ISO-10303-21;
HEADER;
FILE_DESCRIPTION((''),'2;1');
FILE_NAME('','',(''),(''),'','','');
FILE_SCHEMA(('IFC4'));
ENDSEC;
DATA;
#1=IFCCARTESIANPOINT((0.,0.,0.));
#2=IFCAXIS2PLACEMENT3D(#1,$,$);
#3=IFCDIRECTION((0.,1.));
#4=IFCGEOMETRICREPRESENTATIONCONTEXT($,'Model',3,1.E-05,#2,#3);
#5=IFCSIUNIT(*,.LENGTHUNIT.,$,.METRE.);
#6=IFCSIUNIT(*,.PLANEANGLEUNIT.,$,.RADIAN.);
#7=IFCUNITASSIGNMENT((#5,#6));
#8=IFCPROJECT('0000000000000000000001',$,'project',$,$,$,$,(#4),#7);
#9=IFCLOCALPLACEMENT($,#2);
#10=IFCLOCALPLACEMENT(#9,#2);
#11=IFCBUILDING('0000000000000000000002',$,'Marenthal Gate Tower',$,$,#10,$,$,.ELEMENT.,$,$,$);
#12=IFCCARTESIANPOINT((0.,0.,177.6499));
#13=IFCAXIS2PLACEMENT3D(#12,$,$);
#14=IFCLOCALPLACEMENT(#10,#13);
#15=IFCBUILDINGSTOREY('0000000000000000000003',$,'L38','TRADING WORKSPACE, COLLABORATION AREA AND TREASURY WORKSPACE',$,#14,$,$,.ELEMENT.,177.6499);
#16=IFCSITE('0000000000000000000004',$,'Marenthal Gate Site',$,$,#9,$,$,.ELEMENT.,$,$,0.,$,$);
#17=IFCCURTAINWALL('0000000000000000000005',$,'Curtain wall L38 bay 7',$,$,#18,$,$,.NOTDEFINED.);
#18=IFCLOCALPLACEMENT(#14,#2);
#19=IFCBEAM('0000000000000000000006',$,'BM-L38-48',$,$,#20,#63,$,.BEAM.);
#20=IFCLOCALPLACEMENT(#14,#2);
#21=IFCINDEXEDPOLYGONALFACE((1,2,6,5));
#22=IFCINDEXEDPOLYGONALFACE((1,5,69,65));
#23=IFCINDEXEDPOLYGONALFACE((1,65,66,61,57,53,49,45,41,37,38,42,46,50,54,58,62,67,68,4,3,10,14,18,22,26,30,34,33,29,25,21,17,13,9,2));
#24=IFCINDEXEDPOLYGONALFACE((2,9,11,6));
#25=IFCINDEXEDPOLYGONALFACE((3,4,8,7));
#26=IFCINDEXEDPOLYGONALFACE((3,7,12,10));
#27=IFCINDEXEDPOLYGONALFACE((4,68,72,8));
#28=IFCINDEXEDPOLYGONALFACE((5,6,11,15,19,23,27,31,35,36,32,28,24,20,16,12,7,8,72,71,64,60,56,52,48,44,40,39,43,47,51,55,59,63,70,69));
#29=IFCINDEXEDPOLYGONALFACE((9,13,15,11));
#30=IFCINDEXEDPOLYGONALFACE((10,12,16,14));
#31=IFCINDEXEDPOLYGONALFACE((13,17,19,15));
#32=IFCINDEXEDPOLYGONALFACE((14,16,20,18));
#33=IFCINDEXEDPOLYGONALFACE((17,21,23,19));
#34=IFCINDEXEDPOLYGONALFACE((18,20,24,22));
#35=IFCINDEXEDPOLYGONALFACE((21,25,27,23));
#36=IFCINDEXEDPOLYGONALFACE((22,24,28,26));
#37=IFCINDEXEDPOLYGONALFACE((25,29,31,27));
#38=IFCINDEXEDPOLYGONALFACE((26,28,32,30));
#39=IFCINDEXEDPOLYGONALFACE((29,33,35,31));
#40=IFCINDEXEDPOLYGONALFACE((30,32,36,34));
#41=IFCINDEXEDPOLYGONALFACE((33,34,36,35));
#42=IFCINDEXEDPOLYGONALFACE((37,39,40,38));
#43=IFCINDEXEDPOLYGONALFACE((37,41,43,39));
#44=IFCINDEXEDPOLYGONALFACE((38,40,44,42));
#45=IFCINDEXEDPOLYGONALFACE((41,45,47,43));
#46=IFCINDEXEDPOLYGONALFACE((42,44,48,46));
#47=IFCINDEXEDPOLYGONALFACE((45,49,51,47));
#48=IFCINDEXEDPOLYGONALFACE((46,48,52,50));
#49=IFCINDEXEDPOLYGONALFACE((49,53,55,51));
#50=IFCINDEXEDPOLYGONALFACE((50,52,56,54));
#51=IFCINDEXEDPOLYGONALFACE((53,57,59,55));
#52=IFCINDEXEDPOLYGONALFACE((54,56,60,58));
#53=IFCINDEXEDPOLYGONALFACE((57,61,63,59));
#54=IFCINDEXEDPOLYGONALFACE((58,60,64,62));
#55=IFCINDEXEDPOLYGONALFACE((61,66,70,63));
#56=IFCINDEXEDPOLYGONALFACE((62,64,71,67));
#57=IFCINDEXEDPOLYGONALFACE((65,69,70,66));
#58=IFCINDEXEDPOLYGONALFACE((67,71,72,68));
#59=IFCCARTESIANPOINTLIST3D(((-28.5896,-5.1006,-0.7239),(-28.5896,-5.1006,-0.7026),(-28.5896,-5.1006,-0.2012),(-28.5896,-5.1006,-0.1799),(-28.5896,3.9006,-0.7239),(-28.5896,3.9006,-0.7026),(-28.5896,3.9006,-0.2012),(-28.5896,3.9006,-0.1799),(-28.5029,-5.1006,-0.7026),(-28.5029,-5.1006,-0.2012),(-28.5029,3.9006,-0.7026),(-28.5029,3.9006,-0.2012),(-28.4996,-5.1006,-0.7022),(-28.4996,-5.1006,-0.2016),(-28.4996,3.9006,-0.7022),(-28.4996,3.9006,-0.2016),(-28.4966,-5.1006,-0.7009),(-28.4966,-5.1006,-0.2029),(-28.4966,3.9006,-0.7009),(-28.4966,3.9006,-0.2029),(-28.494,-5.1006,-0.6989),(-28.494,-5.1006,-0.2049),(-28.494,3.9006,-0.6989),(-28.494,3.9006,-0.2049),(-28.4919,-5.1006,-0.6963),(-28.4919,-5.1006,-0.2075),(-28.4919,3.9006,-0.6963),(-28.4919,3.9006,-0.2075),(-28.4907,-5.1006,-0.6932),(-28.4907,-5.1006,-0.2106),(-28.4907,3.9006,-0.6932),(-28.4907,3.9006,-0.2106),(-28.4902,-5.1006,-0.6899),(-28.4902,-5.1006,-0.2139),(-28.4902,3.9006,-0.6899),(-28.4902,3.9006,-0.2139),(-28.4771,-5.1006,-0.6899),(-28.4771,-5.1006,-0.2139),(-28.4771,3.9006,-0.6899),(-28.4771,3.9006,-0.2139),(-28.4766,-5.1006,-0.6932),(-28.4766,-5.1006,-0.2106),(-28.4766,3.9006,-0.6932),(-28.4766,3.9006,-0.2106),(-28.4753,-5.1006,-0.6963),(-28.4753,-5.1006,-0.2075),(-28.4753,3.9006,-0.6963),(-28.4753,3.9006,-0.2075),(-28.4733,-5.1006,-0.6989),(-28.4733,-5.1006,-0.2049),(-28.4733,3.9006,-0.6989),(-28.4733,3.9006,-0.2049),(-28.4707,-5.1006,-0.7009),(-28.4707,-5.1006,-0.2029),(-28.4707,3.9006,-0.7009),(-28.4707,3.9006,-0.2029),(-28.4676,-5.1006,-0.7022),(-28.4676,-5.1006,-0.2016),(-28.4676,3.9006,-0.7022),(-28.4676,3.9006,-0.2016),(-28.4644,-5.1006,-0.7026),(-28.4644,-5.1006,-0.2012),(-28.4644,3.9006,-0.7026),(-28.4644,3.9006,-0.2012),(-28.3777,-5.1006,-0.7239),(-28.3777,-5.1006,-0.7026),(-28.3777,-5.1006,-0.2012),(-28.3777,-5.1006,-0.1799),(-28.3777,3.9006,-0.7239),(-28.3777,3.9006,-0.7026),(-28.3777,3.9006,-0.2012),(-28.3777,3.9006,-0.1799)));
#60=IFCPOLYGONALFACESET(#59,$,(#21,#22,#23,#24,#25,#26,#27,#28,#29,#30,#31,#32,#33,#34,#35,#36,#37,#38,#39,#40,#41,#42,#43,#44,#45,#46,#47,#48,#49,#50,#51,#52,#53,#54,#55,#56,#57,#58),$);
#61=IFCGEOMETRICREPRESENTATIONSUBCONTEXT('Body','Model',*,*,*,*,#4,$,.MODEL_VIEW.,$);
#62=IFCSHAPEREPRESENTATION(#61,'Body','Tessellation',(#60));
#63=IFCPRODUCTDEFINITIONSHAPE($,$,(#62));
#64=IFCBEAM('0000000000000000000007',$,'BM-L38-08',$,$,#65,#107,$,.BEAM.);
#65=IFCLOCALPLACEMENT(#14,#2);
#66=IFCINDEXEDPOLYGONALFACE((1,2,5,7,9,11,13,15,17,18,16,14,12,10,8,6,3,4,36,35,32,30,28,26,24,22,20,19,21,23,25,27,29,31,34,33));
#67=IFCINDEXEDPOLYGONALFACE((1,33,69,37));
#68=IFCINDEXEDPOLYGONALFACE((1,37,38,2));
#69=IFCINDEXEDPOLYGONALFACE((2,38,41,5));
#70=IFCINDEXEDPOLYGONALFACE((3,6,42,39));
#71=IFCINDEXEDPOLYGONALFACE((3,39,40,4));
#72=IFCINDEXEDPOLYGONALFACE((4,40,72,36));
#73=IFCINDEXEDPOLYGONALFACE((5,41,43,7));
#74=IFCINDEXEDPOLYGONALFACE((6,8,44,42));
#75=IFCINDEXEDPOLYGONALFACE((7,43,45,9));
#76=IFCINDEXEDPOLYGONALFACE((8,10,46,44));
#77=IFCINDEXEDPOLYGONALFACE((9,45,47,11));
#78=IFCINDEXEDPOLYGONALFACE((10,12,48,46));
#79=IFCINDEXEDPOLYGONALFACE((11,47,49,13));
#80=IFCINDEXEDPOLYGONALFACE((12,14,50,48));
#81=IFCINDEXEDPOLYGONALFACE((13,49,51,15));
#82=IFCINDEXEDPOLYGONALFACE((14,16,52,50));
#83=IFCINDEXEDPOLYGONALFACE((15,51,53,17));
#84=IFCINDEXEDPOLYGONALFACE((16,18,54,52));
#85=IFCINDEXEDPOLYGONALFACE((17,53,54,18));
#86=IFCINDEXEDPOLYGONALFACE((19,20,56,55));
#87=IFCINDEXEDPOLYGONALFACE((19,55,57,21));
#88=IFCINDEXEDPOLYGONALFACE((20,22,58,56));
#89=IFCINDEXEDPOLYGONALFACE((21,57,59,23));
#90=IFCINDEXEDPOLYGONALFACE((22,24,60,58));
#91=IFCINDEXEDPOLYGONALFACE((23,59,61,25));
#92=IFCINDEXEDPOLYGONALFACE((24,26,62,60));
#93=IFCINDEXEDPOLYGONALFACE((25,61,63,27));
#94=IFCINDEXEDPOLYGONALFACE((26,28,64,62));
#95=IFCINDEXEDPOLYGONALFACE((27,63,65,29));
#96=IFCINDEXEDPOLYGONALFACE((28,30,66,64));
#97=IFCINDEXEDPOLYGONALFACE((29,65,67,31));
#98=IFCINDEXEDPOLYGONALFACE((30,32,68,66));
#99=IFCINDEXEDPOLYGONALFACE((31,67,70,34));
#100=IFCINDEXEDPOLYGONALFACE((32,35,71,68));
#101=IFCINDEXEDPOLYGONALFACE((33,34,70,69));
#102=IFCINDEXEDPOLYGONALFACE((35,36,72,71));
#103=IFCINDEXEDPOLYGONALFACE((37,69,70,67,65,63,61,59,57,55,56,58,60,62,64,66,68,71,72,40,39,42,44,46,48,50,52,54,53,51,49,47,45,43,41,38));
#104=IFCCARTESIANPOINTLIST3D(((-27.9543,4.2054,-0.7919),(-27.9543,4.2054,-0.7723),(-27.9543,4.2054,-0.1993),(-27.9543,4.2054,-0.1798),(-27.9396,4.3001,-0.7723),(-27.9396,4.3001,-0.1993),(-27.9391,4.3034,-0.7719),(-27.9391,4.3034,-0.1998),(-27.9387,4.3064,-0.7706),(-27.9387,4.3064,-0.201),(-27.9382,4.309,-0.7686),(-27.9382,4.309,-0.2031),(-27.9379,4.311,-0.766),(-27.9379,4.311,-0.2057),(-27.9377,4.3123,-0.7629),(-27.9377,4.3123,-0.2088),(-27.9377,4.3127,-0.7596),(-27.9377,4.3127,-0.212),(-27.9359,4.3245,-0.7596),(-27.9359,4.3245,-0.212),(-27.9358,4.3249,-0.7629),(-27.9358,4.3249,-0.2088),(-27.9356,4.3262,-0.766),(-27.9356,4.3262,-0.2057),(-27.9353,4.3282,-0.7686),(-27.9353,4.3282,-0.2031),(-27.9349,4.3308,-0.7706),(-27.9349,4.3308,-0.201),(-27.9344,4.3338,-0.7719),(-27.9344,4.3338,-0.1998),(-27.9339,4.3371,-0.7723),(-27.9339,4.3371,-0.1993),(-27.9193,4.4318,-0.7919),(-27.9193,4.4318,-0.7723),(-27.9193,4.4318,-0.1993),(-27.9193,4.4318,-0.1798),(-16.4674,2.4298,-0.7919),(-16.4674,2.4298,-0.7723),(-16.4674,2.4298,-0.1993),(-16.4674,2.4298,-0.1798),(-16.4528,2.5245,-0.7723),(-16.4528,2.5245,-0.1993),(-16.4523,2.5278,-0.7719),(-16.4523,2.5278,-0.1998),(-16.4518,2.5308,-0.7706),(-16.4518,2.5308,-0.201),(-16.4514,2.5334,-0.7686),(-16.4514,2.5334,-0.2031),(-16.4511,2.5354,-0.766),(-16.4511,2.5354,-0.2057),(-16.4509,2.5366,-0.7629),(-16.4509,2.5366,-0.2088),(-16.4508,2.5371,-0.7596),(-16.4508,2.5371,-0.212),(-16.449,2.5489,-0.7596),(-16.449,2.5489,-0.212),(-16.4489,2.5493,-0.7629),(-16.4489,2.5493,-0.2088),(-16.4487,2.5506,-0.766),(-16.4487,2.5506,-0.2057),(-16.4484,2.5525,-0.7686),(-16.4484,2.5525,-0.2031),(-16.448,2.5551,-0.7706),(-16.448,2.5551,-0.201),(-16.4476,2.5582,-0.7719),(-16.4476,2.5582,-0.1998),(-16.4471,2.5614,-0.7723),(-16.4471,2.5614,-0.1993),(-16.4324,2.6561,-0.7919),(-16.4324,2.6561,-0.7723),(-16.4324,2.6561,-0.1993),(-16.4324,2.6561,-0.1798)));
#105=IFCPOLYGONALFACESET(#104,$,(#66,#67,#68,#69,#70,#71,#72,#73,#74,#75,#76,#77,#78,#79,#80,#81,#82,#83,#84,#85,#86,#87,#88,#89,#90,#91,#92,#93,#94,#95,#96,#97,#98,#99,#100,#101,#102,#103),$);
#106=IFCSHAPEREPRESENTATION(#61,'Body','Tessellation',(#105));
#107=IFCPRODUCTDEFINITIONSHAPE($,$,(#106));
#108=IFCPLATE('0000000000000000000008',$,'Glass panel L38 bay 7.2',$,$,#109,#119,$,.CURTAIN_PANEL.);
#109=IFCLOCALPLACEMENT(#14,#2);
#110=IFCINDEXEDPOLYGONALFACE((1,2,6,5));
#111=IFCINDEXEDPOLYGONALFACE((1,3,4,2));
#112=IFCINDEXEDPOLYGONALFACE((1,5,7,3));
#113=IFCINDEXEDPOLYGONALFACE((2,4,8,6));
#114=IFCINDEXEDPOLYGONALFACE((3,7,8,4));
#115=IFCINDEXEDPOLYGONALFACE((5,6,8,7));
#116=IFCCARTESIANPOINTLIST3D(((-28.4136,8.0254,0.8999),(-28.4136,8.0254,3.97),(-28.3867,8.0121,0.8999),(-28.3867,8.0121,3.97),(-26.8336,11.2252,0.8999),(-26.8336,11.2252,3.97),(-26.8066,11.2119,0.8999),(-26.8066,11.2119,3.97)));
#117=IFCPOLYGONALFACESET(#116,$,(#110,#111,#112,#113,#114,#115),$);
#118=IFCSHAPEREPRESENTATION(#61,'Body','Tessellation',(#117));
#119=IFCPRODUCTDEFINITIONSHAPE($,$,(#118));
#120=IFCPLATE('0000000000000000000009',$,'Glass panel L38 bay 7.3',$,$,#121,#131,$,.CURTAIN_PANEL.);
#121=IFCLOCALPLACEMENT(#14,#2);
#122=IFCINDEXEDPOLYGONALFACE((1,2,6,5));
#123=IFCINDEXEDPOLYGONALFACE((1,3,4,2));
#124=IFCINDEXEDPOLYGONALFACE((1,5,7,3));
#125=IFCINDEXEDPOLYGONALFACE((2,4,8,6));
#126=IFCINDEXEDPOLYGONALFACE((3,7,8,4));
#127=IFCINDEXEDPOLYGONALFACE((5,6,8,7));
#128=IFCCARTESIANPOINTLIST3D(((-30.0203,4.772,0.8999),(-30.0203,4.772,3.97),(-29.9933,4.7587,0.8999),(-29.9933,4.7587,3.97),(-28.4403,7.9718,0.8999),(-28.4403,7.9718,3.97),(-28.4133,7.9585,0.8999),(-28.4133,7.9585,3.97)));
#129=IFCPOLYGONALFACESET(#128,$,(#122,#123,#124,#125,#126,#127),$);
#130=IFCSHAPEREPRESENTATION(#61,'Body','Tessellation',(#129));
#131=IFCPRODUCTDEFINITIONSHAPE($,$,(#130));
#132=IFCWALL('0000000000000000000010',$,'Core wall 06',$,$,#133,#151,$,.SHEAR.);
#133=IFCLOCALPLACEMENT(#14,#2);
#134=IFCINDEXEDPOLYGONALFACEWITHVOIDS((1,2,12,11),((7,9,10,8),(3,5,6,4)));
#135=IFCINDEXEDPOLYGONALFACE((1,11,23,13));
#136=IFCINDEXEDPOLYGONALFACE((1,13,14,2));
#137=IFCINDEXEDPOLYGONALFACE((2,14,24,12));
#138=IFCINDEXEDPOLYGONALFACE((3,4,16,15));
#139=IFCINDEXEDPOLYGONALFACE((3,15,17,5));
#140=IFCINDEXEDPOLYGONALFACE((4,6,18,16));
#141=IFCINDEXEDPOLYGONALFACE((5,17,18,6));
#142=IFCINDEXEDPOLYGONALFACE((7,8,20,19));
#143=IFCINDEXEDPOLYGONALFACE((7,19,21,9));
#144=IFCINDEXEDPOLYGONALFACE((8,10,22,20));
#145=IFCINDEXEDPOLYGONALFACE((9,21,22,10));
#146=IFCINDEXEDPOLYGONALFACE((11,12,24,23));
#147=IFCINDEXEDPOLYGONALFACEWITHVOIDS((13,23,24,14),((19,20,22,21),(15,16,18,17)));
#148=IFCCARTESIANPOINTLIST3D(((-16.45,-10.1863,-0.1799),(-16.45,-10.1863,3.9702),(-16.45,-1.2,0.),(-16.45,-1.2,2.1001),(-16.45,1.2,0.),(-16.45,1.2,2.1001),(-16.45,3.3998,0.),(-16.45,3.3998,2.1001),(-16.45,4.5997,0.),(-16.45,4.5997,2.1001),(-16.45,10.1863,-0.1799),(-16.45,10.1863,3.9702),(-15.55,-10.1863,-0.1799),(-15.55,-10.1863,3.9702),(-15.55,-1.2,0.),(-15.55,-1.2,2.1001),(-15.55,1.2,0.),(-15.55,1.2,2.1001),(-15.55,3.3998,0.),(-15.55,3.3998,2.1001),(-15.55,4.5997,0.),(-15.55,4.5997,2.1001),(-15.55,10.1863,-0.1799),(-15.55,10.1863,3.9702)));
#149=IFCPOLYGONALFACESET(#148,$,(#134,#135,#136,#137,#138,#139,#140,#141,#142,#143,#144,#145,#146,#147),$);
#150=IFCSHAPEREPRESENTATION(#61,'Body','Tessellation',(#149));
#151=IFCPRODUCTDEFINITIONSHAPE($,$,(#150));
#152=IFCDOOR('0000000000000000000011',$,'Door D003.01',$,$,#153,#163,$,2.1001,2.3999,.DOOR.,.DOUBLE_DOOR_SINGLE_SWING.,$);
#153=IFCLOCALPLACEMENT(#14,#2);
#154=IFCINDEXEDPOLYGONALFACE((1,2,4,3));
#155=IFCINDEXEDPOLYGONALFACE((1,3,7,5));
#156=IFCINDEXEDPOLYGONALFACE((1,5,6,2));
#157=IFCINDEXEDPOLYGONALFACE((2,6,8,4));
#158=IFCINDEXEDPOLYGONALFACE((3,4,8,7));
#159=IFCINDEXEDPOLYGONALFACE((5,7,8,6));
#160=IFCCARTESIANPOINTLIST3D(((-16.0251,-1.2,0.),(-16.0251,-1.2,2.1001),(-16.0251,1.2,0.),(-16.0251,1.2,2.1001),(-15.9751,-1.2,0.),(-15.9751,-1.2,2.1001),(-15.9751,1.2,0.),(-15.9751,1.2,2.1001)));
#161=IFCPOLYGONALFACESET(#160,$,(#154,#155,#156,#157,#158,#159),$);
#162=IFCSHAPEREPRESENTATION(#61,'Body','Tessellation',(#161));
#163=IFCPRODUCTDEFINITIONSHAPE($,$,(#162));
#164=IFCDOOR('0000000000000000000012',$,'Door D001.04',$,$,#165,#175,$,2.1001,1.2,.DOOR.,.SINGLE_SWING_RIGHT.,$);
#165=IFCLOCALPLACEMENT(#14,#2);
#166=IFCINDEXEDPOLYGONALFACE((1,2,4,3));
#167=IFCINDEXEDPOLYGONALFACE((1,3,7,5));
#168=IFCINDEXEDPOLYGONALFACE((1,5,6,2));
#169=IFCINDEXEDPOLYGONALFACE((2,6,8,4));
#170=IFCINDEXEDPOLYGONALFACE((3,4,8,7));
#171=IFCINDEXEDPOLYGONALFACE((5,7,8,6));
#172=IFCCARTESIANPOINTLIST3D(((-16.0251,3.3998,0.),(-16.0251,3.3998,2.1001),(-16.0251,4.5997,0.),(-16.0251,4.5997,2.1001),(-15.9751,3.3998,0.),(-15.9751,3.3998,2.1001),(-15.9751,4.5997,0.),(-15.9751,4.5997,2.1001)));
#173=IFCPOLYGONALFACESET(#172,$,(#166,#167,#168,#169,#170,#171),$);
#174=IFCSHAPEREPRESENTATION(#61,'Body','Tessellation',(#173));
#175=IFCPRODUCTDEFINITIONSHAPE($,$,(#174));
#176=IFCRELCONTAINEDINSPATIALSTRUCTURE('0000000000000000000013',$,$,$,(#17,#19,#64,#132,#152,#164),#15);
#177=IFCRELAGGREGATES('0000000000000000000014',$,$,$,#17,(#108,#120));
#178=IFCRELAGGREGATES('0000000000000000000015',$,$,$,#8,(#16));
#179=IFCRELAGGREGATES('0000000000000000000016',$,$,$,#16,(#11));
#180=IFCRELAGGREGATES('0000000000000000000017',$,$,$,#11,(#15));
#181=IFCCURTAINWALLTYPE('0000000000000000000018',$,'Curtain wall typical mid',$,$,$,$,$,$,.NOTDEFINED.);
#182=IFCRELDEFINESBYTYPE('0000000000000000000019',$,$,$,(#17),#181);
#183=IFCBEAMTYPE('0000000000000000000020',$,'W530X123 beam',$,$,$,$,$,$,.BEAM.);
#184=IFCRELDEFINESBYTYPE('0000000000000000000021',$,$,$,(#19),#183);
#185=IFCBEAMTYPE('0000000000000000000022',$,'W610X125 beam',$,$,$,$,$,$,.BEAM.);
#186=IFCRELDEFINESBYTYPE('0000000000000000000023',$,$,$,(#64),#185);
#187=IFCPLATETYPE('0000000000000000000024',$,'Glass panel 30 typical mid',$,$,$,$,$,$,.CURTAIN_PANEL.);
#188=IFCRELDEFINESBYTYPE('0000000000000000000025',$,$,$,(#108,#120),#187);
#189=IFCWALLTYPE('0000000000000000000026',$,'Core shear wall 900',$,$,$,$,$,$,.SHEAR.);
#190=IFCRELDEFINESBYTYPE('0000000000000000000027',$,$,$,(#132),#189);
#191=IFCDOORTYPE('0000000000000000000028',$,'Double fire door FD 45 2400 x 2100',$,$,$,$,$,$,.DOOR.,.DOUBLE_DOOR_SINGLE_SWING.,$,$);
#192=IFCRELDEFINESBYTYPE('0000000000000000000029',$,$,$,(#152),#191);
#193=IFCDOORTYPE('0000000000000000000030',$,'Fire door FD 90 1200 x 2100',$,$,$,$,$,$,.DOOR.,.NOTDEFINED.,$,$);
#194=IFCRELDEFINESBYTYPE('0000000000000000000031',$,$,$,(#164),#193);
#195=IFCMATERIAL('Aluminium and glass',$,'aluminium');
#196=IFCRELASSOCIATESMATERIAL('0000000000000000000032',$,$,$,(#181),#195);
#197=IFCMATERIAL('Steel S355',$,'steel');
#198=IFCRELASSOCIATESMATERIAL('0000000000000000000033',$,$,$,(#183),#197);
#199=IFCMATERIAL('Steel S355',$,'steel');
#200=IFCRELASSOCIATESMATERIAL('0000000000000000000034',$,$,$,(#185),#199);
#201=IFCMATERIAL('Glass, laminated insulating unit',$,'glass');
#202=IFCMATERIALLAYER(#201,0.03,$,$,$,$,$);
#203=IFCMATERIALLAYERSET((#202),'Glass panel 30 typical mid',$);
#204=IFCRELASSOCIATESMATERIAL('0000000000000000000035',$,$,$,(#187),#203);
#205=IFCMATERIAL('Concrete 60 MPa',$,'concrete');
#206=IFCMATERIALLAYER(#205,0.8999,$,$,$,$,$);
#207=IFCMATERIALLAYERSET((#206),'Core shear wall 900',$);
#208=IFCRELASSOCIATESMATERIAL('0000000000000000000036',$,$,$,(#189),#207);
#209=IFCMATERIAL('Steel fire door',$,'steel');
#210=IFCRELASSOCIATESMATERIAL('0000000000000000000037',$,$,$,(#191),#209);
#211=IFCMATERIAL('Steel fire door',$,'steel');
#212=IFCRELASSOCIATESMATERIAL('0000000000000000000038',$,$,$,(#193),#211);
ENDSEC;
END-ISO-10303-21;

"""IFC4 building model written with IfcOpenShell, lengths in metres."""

from ifc_helpers import new_model, si_unit, direction, frame, frame_2d, origin, origin_2d, place, context, subcontext, project, spatial, rectangle, i_section, extrude, material, layer, layer_set, material_profile, profile_set, type_object, element, fill, aggregate, save


model = new_model("IFC4")

# Units and contexts
model_context = context("Model", 3, precision=1e-05, world=origin(), true_north=direction((0.0, 1.0)))
body_context = subcontext(model_context, "Body", "Model", "MODEL_VIEW")
ifc_project = project(units=[si_unit("LENGTHUNIT", "METRE"), si_unit("PLANEANGLEUNIT", "RADIAN")], contexts=[model_context])

# Site, building, storey
site_placement = place(None, origin())
site = spatial("IfcSite", under=ifc_project, at=site_placement, Name="Marenthal Gate Site", CompositionType="ELEMENT", RefElevation=0.0)
building_placement = place(site_placement, origin())
building = spatial("IfcBuilding", under=site, at=building_placement, Name="Marenthal Gate Tower", CompositionType="ELEMENT")
storey_placement = place(building_placement, frame((0.0, 0.0, 177.6499)))
storey = spatial("IfcBuildingStorey", under=building, at=storey_placement, Name="L38", Description="TRADING WORKSPACE, COLLABORATION AREA AND TREASURY WORKSPACE", CompositionType="ELEMENT", Elevation=177.6499)

# Curtain wall
ifc_material_1 = material(Name="Aluminium and glass", Category="aluminium")
curtain_wall_type = type_object("IfcCurtainWallType", Name="Curtain wall typical mid", PredefinedType="NOTDEFINED", material=ifc_material_1)
curtain_wall_placement = place(storey_placement, origin())
curtain_wall = element("IfcCurtainWall", 1, at=curtain_wall_placement, inside=storey, type_object=curtain_wall_type, Name="Curtain wall L38 bay 7", PredefinedType="NOTDEFINED")

# Beams
ifc_material_2 = material(Name="Steel S355", Category="steel")
ifc_material_profile_1 = material_profile(ifc_material_2, i_section(OverallWidth=0.2119, OverallDepth=0.5439, WebThickness=0.0132, FlangeThickness=0.0212, FilletRadius=0.0127, at=origin_2d()), Name="W530X123")
ifc_profile_set_1 = profile_set([ifc_material_profile_1], Name="Steel S355")
beam_type_1 = type_object("IfcBeamType", Name="W530X123 beam", PredefinedType="BEAM", material=ifc_profile_set_1)
beam_1_placement = place(storey_placement, frame((-28.4836, 3.9006, -0.4519), z_axis=(0.0, -1.0, 0.0), x_axis=(1.0, 0.0, 0.0)))
element("IfcBeam", 2, at=beam_1_placement, inside=storey, type_object=beam_type_1, Name="BM-L38-48", PredefinedType="BEAM", context=body_context, shape_type="SweptSolid", body=[
    extrude(i_section(OverallWidth=0.2119, OverallDepth=0.5439, WebThickness=0.0132, FlangeThickness=0.0212, FilletRadius=0.0127, at=origin_2d()), origin(), (0.0, 0.0, 1.0), 9.0012),
])
ifc_material_3 = material(Name="Steel S355", Category="steel")
ifc_material_profile_2 = material_profile(ifc_material_3, i_section(OverallWidth=0.229, OverallDepth=0.6121, WebThickness=0.012, FlangeThickness=0.0195, FilletRadius=0.0127, at=origin_2d()), Name="W610X125")
ifc_profile_set_2 = profile_set([ifc_material_profile_2], Name="Steel S355")
beam_type_2 = type_object("IfcBeamType", Name="W610X125 beam", PredefinedType="BEAM", material=ifc_profile_set_2)
beam_2_placement = place(storey_placement, frame((-27.9368, 4.3186, -0.4858), z_axis=(0.988262, -0.152766, 0.0), x_axis=(0.152766, 0.988262, 0.0)))
element("IfcBeam", 3, at=beam_2_placement, inside=storey, type_object=beam_type_2, Name="BM-L38-08", PredefinedType="BEAM", context=body_context, shape_type="SweptSolid", body=[
    extrude(i_section(OverallWidth=0.229, OverallDepth=0.6121, WebThickness=0.012, FlangeThickness=0.0195, FilletRadius=0.0127, at=origin_2d()), origin(), (0.0, 0.0, 1.0), 11.6233),
])

# Plates
ifc_material_4 = material(Name="Glass, laminated insulating unit", Category="glass")
ifc_layer_1 = layer(ifc_material_4, 0.03)
ifc_layer_set_1 = layer_set([ifc_layer_1], Name="Glass panel 30 typical mid")
plate_type = type_object("IfcPlateType", Name="Glass panel 30 typical mid", PredefinedType="CURTAIN_PANEL", material=ifc_layer_set_1)
plate_1_placement = place(storey_placement, frame((-27.6101, 9.6187, 0.8999), z_axis=(0.0, 0.0, 1.0), x_axis=(-0.442753, -0.896643, 0.0)))
plate_1 = element("IfcPlate", 4, at=plate_1_placement, type_object=plate_type, Name="Glass panel L38 bay 7.2", PredefinedType="CURTAIN_PANEL", context=body_context, shape_type="SweptSolid", body=[
    extrude(rectangle(XDim=3.5686, YDim=0.03, at=origin_2d()), origin(), (0.0, 0.0, 1.0), 3.0701),
])
plate_2_placement = place(storey_placement, frame((-29.2168, 6.3652, 0.8999), z_axis=(0.0, 0.0, 1.0), x_axis=(-0.442753, -0.896643, 0.0)))
plate_2 = element("IfcPlate", 5, at=plate_2_placement, type_object=plate_type, Name="Glass panel L38 bay 7.3", PredefinedType="CURTAIN_PANEL", context=body_context, shape_type="SweptSolid", body=[
    extrude(rectangle(XDim=3.5686, YDim=0.03, at=origin_2d()), origin(), (0.0, 0.0, 1.0), 3.0701),
])
aggregate(curtain_wall, [plate_1, plate_2])

# Wall, openings, doors
ifc_material_5 = material(Name="Concrete 60 MPa", Category="concrete")
ifc_layer_2 = layer(ifc_material_5, 0.8999)
ifc_layer_set_2 = layer_set([ifc_layer_2], Name="Core shear wall 900")
wall_type_1 = type_object("IfcWallType", Name="Core shear wall 900", PredefinedType="SHEAR", material=ifc_layer_set_2)
wall_1_placement = place(storey_placement, frame((-16.0, 10.1863, -0.1799), z_axis=(0.0, 0.0, 1.0), x_axis=(0.0, -1.0, 0.0)))
wall_1 = element("IfcWall", 6, at=wall_1_placement, inside=storey, type_object=wall_type_1, Name="Core wall 06", PredefinedType="SHEAR", context=body_context, shape_type="SweptSolid", body=[
    extrude(rectangle(XDim=20.3726, YDim=0.8999, at=frame_2d((10.1863, 0.0))), origin(), (0.0, 0.0, 1.0), 4.1501),
])
opening_1_placement = place(wall_1_placement, frame((8.9863, 0.0, 0.1799)))
opening_1 = element("IfcOpeningElement", 7, at=opening_1_placement, cuts=wall_1, PredefinedType="OPENING", context=body_context, shape_type="SweptSolid", body=[
    extrude(rectangle(XDim=2.3999, YDim=2.1001, at=frame_2d((1.2, 1.05))), frame((0.0, 0.46, 0.0), z_axis=(0.0, -1.0, 0.0), x_axis=(1.0, 0.0, 0.0)), (0.0, 0.0, 1.0), 0.9199),
])
opening_2_placement = place(wall_1_placement, frame((5.5864, 0.0, 0.1799)))
opening_2 = element("IfcOpeningElement", 8, at=opening_2_placement, cuts=wall_1, PredefinedType="OPENING", context=body_context, shape_type="SweptSolid", body=[
    extrude(rectangle(XDim=1.2, YDim=2.1001, at=frame_2d((0.6001, 1.05))), frame((0.0, 0.46, 0.0), z_axis=(0.0, -1.0, 0.0), x_axis=(1.0, 0.0, 0.0)), (0.0, 0.0, 1.0), 0.9199),
])
ifc_material_6 = material(Name="Steel fire door", Category="steel")
door_type_1 = type_object("IfcDoorType", Name="Double fire door FD 45 2400 x 2100", OperationType="DOUBLE_DOOR_SINGLE_SWING", PredefinedType="DOOR", material=ifc_material_6)
door_1_placement = place(opening_1_placement, origin())
door_1 = element("IfcDoor", 9, at=door_1_placement, inside=storey, type_object=door_type_1, Name="Door D003.01", OperationType="DOUBLE_DOOR_SINGLE_SWING", OverallHeight=2.1001, OverallWidth=2.3999, PredefinedType="DOOR", context=body_context, shape_type="SweptSolid", body=[
    extrude(rectangle(XDim=2.3999, YDim=2.1001, at=frame_2d((1.2, 1.05))), frame((0.0, 0.0249, 0.0), z_axis=(0.0, -1.0, 0.0), x_axis=(1.0, 0.0, 0.0)), (0.0, 0.0, 1.0), 0.05),
])
fill(opening_1, door_1)
ifc_material_7 = material(Name="Steel fire door", Category="steel")
door_type_2 = type_object("IfcDoorType", Name="Fire door FD 90 1200 x 2100", OperationType="NOTDEFINED", PredefinedType="DOOR", material=ifc_material_7)
door_2_placement = place(opening_2_placement, origin())
door_2 = element("IfcDoor", 10, at=door_2_placement, inside=storey, type_object=door_type_2, Name="Door D001.04", OperationType="SINGLE_SWING_RIGHT", OverallHeight=2.1001, OverallWidth=1.2, PredefinedType="DOOR", context=body_context, shape_type="SweptSolid", body=[
    extrude(rectangle(XDim=1.2, YDim=2.1001, at=frame_2d((0.6001, 1.05))), frame((0.0, 0.0249, 0.0), z_axis=(0.0, -1.0, 0.0), x_axis=(1.0, 0.0, 0.0)), (0.0, 0.0, 1.0), 0.05),
])
fill(opening_2, door_2)

save(model, "model.ifc")
